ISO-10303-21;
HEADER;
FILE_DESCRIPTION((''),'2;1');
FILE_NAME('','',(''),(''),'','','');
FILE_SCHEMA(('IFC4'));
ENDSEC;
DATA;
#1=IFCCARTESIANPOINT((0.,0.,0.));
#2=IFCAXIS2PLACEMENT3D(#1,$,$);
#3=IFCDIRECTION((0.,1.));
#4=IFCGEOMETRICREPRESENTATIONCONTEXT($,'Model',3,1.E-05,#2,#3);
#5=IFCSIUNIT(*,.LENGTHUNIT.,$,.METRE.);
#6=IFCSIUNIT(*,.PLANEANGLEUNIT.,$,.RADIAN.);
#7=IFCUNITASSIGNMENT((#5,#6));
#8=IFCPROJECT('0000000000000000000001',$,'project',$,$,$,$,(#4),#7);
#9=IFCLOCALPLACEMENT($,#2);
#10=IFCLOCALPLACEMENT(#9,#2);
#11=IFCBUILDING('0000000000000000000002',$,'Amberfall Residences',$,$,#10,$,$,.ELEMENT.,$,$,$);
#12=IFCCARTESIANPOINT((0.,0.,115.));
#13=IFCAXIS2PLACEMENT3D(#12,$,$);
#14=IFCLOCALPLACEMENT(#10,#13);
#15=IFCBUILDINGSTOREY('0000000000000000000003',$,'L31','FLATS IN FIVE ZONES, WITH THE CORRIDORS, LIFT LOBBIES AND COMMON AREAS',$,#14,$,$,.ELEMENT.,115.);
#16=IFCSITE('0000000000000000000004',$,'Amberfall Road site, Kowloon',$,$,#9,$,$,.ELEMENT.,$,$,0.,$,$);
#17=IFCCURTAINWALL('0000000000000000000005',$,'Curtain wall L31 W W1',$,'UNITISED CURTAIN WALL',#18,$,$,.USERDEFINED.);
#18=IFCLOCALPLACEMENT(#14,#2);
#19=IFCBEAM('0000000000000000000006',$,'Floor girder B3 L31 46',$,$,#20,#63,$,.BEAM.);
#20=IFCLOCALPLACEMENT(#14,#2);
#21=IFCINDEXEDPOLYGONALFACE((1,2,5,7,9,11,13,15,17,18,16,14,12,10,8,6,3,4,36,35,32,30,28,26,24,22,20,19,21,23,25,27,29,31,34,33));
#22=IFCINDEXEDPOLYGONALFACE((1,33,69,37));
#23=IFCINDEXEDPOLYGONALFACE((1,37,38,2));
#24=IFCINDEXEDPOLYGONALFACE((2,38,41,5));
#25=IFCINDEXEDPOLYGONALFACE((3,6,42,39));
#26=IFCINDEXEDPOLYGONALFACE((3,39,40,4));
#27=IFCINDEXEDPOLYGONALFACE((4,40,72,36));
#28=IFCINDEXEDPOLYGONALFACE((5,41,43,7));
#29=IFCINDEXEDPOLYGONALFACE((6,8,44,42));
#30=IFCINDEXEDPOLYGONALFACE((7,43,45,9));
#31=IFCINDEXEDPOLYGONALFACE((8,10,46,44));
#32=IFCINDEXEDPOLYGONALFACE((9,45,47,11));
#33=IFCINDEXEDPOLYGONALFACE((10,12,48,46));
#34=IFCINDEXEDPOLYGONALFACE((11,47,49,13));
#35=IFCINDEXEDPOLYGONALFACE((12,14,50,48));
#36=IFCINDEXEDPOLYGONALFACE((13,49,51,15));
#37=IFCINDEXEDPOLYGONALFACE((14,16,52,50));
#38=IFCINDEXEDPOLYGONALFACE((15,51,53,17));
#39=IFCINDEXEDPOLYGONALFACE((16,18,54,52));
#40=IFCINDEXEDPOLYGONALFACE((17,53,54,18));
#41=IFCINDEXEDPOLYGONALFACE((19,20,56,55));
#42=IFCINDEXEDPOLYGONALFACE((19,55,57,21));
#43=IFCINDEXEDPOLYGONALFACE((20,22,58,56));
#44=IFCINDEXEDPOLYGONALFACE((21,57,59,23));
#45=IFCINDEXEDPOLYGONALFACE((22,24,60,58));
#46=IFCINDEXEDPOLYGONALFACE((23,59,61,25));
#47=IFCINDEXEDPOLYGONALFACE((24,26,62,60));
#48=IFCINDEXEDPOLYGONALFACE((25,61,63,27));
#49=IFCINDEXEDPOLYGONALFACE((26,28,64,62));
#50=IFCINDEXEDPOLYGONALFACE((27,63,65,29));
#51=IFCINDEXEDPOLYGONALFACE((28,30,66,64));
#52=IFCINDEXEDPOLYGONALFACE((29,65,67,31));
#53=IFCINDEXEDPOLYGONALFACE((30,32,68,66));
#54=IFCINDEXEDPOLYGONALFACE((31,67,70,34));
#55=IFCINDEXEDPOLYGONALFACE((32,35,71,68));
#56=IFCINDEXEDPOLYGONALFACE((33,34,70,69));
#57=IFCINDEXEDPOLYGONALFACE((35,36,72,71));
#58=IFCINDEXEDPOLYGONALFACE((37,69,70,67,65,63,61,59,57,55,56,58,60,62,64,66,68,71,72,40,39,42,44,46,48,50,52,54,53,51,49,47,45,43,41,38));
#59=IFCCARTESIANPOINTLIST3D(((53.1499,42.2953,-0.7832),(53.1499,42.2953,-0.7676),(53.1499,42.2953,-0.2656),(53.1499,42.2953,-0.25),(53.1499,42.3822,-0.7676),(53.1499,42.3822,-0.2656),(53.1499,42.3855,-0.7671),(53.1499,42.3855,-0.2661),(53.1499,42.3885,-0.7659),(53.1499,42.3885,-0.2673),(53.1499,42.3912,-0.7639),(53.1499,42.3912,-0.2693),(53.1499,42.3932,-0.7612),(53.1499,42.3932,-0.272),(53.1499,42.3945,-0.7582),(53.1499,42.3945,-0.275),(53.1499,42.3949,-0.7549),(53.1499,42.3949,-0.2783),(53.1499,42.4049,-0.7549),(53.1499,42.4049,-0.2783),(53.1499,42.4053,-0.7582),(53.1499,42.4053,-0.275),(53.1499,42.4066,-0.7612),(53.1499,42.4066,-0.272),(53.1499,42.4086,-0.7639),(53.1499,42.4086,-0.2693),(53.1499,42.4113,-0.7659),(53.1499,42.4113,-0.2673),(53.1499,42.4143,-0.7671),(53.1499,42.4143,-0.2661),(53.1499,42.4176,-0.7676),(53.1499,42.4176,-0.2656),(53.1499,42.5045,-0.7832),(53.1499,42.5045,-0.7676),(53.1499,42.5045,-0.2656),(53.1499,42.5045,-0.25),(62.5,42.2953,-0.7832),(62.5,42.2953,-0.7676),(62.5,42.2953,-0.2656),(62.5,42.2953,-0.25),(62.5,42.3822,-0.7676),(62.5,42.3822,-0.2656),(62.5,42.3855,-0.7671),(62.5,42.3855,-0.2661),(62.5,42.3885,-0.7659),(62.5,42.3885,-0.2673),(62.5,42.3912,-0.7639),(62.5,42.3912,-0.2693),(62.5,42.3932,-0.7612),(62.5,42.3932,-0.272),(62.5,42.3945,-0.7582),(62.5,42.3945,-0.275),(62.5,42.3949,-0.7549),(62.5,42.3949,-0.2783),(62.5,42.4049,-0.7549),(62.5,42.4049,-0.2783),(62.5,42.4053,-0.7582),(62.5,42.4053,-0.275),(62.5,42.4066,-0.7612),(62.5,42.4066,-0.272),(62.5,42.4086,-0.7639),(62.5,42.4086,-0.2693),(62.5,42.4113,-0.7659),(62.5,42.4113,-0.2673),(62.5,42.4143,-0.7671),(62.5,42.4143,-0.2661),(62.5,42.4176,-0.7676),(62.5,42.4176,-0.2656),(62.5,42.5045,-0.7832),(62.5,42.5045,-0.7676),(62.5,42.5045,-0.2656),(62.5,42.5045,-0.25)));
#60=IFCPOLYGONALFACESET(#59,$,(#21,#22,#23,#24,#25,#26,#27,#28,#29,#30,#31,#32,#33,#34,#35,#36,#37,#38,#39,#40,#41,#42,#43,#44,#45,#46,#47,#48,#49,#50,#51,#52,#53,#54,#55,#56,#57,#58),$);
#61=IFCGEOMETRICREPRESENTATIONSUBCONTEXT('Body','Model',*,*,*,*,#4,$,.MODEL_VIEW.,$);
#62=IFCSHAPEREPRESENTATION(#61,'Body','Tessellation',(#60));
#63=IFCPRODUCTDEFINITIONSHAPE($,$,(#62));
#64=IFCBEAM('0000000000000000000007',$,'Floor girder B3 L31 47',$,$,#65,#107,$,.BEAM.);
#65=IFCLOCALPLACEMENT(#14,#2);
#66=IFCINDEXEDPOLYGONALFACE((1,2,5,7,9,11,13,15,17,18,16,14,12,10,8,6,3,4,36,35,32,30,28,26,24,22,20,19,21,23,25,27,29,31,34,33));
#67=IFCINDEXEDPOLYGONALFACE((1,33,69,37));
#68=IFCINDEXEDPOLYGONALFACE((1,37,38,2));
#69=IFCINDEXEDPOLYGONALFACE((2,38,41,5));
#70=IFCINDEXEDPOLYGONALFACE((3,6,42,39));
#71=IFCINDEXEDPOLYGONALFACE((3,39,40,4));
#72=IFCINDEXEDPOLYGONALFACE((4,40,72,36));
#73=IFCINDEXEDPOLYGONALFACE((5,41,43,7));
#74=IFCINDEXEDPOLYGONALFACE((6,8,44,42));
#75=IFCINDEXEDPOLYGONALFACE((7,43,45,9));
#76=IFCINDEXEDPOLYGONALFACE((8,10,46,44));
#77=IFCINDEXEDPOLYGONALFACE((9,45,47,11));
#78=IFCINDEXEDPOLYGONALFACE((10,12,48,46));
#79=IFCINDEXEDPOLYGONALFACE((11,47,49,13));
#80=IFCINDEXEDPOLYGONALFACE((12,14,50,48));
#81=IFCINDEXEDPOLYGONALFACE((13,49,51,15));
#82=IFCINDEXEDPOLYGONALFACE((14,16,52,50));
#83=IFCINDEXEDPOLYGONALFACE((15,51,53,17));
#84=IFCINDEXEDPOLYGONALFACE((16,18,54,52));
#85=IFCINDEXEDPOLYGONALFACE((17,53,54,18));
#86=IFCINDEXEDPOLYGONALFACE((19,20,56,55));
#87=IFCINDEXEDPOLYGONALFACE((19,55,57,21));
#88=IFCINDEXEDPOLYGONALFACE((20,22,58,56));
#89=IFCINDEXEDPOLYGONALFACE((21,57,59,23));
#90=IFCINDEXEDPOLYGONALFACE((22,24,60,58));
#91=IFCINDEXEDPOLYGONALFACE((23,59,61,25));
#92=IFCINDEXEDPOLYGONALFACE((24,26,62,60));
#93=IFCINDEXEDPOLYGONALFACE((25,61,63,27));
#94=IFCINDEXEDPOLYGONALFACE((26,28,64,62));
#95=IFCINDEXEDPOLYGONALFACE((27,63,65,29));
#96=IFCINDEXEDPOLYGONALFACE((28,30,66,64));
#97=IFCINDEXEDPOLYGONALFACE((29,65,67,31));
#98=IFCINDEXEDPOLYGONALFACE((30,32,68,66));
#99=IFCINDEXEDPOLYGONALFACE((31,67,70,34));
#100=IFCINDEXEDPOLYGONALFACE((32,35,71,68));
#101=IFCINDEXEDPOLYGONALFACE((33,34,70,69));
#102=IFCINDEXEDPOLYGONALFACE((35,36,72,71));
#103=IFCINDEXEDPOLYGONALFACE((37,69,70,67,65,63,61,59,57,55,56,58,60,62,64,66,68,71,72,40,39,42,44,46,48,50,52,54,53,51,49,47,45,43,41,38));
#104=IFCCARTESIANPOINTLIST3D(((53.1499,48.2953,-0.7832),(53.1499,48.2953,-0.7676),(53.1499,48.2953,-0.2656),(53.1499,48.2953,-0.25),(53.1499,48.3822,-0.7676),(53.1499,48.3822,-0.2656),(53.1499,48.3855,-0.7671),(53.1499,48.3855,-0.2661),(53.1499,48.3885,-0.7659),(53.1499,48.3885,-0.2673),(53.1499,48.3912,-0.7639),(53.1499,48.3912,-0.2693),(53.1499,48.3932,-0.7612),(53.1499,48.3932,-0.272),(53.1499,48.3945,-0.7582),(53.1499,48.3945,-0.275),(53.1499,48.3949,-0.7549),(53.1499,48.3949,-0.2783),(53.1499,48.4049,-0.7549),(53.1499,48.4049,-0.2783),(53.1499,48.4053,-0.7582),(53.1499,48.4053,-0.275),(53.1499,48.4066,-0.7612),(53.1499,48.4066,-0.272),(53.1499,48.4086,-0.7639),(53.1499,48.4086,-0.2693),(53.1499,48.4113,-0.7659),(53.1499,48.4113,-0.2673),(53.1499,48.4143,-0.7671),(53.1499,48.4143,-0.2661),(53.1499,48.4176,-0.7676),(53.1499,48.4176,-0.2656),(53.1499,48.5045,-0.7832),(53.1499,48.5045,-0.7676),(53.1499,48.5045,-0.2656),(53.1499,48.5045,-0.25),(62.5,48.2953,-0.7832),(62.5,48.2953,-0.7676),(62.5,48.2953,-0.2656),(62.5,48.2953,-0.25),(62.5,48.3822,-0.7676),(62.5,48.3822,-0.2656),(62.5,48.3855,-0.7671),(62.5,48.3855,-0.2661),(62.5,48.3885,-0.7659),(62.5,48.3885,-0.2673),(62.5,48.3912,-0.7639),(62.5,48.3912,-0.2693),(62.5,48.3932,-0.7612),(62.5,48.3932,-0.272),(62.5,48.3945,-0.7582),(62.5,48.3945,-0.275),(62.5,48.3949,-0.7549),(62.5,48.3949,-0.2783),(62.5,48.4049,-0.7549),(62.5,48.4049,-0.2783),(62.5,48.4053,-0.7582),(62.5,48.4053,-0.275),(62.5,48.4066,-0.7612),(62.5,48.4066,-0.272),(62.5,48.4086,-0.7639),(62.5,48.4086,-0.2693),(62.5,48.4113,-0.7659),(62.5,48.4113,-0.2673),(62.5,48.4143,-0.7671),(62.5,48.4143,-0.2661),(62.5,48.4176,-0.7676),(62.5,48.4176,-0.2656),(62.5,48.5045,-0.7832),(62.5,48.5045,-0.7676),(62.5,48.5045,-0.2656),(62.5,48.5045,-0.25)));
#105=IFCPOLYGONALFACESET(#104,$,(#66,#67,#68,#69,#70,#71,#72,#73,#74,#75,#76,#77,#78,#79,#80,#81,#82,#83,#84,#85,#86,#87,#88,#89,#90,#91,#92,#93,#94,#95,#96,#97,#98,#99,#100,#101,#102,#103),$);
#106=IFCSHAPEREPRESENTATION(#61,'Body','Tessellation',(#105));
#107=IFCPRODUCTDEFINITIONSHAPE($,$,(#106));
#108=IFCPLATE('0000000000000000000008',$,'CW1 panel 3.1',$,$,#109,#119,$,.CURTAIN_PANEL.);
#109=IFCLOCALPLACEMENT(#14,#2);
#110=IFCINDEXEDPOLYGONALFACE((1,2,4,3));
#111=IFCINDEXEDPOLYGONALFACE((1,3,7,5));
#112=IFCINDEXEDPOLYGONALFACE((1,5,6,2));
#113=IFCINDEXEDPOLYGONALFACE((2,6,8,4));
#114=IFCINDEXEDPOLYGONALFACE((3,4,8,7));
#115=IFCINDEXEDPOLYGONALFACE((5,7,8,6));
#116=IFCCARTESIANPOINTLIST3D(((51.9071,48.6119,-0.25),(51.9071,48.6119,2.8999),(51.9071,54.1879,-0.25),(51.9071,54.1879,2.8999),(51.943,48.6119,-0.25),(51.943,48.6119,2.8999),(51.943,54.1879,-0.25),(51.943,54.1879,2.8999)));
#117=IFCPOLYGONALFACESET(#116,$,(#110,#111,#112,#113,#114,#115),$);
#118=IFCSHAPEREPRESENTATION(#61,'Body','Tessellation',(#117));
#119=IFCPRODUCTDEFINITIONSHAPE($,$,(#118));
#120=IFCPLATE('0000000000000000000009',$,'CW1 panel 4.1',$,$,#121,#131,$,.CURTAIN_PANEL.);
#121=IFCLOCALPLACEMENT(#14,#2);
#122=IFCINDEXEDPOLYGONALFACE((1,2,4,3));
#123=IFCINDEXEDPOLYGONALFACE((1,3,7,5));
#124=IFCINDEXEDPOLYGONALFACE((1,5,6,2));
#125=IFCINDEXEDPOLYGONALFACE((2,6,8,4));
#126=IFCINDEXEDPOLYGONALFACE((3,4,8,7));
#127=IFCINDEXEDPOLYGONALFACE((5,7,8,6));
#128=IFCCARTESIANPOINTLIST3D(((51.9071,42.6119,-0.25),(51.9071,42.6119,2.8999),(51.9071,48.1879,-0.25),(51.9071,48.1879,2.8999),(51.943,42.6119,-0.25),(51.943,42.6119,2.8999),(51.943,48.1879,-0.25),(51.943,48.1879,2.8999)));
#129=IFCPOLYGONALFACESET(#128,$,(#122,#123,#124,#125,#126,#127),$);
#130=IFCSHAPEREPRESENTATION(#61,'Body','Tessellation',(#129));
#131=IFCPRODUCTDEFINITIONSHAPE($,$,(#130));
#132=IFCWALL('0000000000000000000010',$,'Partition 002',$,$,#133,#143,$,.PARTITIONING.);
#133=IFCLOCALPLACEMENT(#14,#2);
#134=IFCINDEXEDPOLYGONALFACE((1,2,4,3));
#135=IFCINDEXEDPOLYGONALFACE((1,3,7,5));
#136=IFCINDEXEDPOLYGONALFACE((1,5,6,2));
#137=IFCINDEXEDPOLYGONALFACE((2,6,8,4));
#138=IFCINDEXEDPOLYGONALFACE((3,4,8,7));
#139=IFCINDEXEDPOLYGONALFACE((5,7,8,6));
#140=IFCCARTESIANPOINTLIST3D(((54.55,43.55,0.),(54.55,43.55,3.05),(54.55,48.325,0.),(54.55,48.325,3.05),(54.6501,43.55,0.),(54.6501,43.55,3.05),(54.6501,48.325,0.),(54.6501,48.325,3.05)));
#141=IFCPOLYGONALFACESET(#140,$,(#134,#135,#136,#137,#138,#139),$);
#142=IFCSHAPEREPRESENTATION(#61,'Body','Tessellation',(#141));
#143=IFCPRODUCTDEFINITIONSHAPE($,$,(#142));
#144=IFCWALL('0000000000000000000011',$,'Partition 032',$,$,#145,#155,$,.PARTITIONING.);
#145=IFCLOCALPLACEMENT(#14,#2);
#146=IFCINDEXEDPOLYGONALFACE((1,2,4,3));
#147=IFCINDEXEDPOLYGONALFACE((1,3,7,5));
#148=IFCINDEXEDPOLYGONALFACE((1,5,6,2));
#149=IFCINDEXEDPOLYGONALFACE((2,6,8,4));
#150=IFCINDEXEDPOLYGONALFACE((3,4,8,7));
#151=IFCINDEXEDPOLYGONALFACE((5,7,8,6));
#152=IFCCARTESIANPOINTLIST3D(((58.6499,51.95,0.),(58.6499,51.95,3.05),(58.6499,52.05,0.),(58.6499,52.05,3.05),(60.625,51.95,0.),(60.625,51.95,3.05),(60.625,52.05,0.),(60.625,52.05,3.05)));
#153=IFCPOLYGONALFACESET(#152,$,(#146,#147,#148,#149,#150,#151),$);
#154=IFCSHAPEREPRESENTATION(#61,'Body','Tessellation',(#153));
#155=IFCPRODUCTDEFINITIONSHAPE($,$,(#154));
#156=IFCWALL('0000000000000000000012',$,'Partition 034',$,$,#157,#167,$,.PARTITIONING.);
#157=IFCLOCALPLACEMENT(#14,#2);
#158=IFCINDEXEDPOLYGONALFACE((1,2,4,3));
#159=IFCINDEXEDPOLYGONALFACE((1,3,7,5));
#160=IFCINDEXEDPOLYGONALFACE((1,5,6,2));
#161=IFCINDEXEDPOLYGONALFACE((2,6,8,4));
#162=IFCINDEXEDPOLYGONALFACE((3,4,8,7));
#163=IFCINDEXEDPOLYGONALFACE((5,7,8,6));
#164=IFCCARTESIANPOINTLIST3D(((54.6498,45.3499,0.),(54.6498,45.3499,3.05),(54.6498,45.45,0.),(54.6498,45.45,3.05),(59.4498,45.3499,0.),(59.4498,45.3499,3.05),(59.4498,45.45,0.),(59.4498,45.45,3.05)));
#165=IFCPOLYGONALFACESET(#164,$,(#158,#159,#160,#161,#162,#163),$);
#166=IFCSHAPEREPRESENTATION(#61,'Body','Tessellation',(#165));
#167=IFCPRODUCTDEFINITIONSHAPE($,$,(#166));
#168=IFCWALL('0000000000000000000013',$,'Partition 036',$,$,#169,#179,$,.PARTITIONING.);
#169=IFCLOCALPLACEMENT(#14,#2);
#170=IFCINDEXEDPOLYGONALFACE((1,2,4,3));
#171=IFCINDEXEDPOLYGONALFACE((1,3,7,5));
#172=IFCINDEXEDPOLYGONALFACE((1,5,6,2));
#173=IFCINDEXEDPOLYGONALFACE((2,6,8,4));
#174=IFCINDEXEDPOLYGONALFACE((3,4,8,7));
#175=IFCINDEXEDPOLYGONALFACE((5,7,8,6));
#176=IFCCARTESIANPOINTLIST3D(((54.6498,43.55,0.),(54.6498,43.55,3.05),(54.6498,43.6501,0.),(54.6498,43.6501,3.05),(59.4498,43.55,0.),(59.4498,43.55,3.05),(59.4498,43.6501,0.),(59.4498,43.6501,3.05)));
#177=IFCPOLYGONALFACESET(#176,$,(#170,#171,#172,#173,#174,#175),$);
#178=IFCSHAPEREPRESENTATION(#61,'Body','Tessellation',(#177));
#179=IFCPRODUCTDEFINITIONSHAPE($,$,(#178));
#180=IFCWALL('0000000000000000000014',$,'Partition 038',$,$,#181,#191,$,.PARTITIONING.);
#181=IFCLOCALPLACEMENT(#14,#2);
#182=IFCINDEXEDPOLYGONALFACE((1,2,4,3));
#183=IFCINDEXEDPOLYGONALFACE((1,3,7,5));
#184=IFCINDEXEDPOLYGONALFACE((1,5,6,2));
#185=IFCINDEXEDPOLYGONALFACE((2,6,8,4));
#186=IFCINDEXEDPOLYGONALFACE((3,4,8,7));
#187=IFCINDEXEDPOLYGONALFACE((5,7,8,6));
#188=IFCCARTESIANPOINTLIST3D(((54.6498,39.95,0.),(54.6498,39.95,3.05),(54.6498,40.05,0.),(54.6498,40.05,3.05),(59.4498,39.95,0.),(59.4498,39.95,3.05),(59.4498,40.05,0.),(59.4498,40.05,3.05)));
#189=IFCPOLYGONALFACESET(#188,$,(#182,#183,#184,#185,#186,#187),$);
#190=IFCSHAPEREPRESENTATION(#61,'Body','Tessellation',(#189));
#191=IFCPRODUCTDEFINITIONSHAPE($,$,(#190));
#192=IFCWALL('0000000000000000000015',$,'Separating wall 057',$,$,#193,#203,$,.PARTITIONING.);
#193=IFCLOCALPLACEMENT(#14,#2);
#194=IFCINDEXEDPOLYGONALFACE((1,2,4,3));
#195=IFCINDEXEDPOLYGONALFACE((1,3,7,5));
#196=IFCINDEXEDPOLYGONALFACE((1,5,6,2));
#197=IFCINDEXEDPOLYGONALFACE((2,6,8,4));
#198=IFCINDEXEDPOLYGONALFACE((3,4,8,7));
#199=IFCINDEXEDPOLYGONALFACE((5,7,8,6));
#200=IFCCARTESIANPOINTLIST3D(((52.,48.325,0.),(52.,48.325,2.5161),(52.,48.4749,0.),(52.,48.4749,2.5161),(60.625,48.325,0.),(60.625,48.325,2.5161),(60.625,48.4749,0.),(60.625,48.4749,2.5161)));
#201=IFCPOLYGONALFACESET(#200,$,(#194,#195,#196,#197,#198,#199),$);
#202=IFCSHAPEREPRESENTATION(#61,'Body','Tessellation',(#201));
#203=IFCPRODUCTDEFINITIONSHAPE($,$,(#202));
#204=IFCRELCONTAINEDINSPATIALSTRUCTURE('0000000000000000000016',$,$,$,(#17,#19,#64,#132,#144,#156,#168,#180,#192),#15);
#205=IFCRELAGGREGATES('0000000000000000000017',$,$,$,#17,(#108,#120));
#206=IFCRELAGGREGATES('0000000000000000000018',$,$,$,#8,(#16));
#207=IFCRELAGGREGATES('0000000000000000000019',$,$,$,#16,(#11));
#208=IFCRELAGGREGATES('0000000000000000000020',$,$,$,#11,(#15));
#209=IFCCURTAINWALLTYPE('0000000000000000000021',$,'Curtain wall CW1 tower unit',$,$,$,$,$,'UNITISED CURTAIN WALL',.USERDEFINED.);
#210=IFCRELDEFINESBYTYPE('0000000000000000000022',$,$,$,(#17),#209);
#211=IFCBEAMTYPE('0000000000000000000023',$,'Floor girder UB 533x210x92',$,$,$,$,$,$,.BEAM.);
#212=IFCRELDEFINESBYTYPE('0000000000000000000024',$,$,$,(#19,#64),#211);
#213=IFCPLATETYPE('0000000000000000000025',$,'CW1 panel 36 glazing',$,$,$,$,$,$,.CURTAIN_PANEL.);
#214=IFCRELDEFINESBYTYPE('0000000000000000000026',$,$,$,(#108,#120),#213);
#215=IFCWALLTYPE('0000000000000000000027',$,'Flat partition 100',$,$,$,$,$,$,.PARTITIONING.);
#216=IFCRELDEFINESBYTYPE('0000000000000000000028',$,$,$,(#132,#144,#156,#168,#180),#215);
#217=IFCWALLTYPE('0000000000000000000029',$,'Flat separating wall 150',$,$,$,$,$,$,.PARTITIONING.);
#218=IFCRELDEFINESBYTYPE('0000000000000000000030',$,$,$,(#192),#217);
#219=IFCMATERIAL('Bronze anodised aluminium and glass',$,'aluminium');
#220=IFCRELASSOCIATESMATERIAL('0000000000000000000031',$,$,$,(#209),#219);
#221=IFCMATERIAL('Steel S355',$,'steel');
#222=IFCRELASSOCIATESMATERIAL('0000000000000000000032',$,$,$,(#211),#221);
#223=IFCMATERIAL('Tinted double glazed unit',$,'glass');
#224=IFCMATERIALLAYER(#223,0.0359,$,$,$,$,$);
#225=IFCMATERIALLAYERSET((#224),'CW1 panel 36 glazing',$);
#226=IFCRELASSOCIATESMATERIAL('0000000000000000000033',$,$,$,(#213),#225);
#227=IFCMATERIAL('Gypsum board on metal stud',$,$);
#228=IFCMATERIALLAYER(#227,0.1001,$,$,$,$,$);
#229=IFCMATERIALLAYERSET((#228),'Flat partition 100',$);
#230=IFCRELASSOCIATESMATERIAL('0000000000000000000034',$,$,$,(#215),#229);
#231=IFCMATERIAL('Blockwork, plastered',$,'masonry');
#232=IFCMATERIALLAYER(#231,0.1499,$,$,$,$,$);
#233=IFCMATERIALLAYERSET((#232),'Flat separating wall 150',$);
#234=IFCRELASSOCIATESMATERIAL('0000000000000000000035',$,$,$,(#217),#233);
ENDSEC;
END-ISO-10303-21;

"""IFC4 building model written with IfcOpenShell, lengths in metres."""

from ifc_helpers import new_model, si_unit, direction, frame, frame_2d, origin, origin_2d, place, context, subcontext, project, spatial, rectangle, i_section, extrude, material, layer, layer_set, material_profile, profile_set, type_object, element, aggregate, save


model = new_model("IFC4")

# Units and contexts
model_context = context("Model", 3, precision=1e-05, world=origin(), true_north=direction((0.0, 1.0)))
body_context = subcontext(model_context, "Body", "Model", "MODEL_VIEW")
ifc_project = project(units=[si_unit("LENGTHUNIT", "METRE"), si_unit("PLANEANGLEUNIT", "RADIAN")], contexts=[model_context])

# Site, building, storey
site_placement = place(None, origin())
site = spatial("IfcSite", under=ifc_project, at=site_placement, Name="Amberfall Road site, Kowloon", CompositionType="ELEMENT", RefElevation=0.0)
building_placement = place(site_placement, origin())
building = spatial("IfcBuilding", under=site, at=building_placement, Name="Amberfall Residences", CompositionType="ELEMENT")
storey_placement = place(building_placement, frame((0.0, 0.0, 115.0)))
storey = spatial("IfcBuildingStorey", under=building, at=storey_placement, Name="L31", Description="FLATS IN FIVE ZONES, WITH THE CORRIDORS, LIFT LOBBIES AND COMMON AREAS", CompositionType="ELEMENT", Elevation=115.0)

# Curtain wall
ifc_material_1 = material(Name="Bronze anodised aluminium and glass", Category="aluminium")
curtain_wall_type = type_object("IfcCurtainWallType", Name="Curtain wall CW1 tower unit", ElementType="UNITISED CURTAIN WALL", PredefinedType="USERDEFINED", material=ifc_material_1)
curtain_wall_placement = place(storey_placement, origin())
curtain_wall = element("IfcCurtainWall", 1, at=curtain_wall_placement, inside=storey, type_object=curtain_wall_type, Name="Curtain wall L31 W W1", ObjectType="UNITISED CURTAIN WALL", PredefinedType="USERDEFINED")

# Shared definitions
ifc_material_2 = material(Name="Steel S355", Category="steel")

# Beams
ifc_material_profile_1 = material_profile(ifc_material_2, i_section(OverallWidth=0.2092, OverallDepth=0.5332, WebThickness=0.01, FlangeThickness=0.0156, FilletRadius=0.0127, at=origin_2d()), Name="UB 533x210x92")
ifc_profile_set_1 = profile_set([ifc_material_profile_1], Name="Steel S355")
beam_type_1 = type_object("IfcBeamType", Name="Floor girder UB 533x210x92", PredefinedType="BEAM", material=ifc_profile_set_1)
for number, where, z_axis, x_axis, name in (
    (2, (53.1499, 42.3999, -0.5166), (1.0, 0.0, 0.0), (0.0, 1.0, 0.0), "Floor girder B3 L31 46"),
    (3, (53.1499, 48.3999, -0.5166), (1.0, 0.0, 0.0), (0.0, 1.0, 0.0), "Floor girder B3 L31 47"),
):
    element("IfcBeam", number, at=place(storey_placement, frame(where, z_axis=z_axis, x_axis=x_axis)), inside=storey, type_object=beam_type_1, Name=name, PredefinedType="BEAM", context=body_context, shape_type="SweptSolid", body=[
        extrude(i_section(OverallWidth=0.2092, OverallDepth=0.5332, WebThickness=0.01, FlangeThickness=0.0156, FilletRadius=0.0127, at=origin_2d()), origin(), (0.0, 0.0, 1.0), 9.3501),
    ])

# Plates
ifc_material_3 = material(Name="Tinted double glazed unit", Category="glass")
ifc_layer_1 = layer(ifc_material_3, 0.0359)
ifc_layer_set_1 = layer_set([ifc_layer_1], Name="CW1 panel 36 glazing")
plate_type = type_object("IfcPlateType", Name="CW1 panel 36 glazing", PredefinedType="CURTAIN_PANEL", material=ifc_layer_set_1)
plate_1_placement = place(storey_placement, frame((51.925, 51.3999, -0.25), z_axis=(0.0, 0.0, 1.0), x_axis=(0.0, -1.0, 0.0)))
plate_1 = element("IfcPlate", 4, at=plate_1_placement, type_object=plate_type, Name="CW1 panel 3.1", PredefinedType="CURTAIN_PANEL", context=body_context, shape_type="SweptSolid", body=[
    extrude(rectangle(XDim=5.5759, YDim=0.0359, at=origin_2d()), origin(), (0.0, 0.0, 1.0), 3.1499),
])
plate_2_placement = place(storey_placement, frame((51.925, 45.3999, -0.25), z_axis=(0.0, 0.0, 1.0), x_axis=(0.0, -1.0, 0.0)))
plate_2 = element("IfcPlate", 5, at=plate_2_placement, type_object=plate_type, Name="CW1 panel 4.1", PredefinedType="CURTAIN_PANEL", context=body_context, shape_type="SweptSolid", body=[
    extrude(rectangle(XDim=5.5759, YDim=0.0359, at=origin_2d()), origin(), (0.0, 0.0, 1.0), 3.1499),
])
aggregate(curtain_wall, [plate_1, plate_2])

# Walls
ifc_material_4 = material(Name="Gypsum board on metal stud")
ifc_layer_2 = layer(ifc_material_4, 0.1001)
ifc_layer_set_2 = layer_set([ifc_layer_2], Name="Flat partition 100")
wall_type_1 = type_object("IfcWallType", Name="Flat partition 100", PredefinedType="PARTITIONING", material=ifc_layer_set_2)
wall_1_placement = place(storey_placement, frame((54.6001, 43.55, 0.0), z_axis=(0.0, 0.0, 1.0), x_axis=(0.0, 1.0, 0.0)))
element("IfcWall", 6, at=wall_1_placement, inside=storey, type_object=wall_type_1, Name="Partition 002", PredefinedType="PARTITIONING", context=body_context, shape_type="SweptSolid", body=[
    extrude(rectangle(XDim=4.7749, YDim=0.1001, at=frame_2d((2.3875, 0.0))), origin(), (0.0, 0.0, 1.0), 3.05),
])
wall_2_placement = place(storey_placement, frame((58.6499, 52.0, 0.0), z_axis=(0.0, 0.0, 1.0), x_axis=(1.0, 0.0, 0.0)))
element("IfcWall", 7, at=wall_2_placement, inside=storey, type_object=wall_type_1, Name="Partition 032", PredefinedType="PARTITIONING", context=body_context, shape_type="SweptSolid", body=[
    extrude(rectangle(XDim=1.9751, YDim=0.1001, at=frame_2d((0.9875, 0.0))), origin(), (0.0, 0.0, 1.0), 3.05),
])
for number, where, z_axis, x_axis, name in (
    (8, (54.6499, 45.3999, 0.0), (0.0, 0.0, 1.0), (1.0, 0.0, 0.0), "Partition 034"),
    (9, (54.6499, 43.6001, 0.0), (0.0, 0.0, 1.0), (1.0, 0.0, 0.0), "Partition 036"),
    (10, (54.6499, 40.0, 0.0), (0.0, 0.0, 1.0), (1.0, 0.0, 0.0), "Partition 038"),
):
    element("IfcWall", number, at=place(storey_placement, frame(where, z_axis=z_axis, x_axis=x_axis)), inside=storey, type_object=wall_type_1, Name=name, PredefinedType="PARTITIONING", context=body_context, shape_type="SweptSolid", body=[
        extrude(rectangle(XDim=4.8, YDim=0.1001, at=frame_2d((2.3999, 0.0))), origin(), (0.0, 0.0, 1.0), 3.05),
    ])
ifc_material_5 = material(Name="Blockwork, plastered", Category="masonry")
ifc_layer_3 = layer(ifc_material_5, 0.1499)
ifc_layer_set_3 = layer_set([ifc_layer_3], Name="Flat separating wall 150")
wall_type_2 = type_object("IfcWallType", Name="Flat separating wall 150", PredefinedType="PARTITIONING", material=ifc_layer_set_3)
wall_3_placement = place(storey_placement, frame((52.0, 48.3999, 0.0), z_axis=(0.0, 0.0, 1.0), x_axis=(1.0, 0.0, 0.0)))
element("IfcWall", 11, at=wall_3_placement, inside=storey, type_object=wall_type_2, Name="Separating wall 057", PredefinedType="PARTITIONING", context=body_context, shape_type="SweptSolid", body=[
    extrude(rectangle(XDim=8.625, YDim=0.1499, at=frame_2d((4.3125, 0.0))), origin(), (0.0, 0.0, 1.0), 2.5161),
])

save(model, "model.ifc")
